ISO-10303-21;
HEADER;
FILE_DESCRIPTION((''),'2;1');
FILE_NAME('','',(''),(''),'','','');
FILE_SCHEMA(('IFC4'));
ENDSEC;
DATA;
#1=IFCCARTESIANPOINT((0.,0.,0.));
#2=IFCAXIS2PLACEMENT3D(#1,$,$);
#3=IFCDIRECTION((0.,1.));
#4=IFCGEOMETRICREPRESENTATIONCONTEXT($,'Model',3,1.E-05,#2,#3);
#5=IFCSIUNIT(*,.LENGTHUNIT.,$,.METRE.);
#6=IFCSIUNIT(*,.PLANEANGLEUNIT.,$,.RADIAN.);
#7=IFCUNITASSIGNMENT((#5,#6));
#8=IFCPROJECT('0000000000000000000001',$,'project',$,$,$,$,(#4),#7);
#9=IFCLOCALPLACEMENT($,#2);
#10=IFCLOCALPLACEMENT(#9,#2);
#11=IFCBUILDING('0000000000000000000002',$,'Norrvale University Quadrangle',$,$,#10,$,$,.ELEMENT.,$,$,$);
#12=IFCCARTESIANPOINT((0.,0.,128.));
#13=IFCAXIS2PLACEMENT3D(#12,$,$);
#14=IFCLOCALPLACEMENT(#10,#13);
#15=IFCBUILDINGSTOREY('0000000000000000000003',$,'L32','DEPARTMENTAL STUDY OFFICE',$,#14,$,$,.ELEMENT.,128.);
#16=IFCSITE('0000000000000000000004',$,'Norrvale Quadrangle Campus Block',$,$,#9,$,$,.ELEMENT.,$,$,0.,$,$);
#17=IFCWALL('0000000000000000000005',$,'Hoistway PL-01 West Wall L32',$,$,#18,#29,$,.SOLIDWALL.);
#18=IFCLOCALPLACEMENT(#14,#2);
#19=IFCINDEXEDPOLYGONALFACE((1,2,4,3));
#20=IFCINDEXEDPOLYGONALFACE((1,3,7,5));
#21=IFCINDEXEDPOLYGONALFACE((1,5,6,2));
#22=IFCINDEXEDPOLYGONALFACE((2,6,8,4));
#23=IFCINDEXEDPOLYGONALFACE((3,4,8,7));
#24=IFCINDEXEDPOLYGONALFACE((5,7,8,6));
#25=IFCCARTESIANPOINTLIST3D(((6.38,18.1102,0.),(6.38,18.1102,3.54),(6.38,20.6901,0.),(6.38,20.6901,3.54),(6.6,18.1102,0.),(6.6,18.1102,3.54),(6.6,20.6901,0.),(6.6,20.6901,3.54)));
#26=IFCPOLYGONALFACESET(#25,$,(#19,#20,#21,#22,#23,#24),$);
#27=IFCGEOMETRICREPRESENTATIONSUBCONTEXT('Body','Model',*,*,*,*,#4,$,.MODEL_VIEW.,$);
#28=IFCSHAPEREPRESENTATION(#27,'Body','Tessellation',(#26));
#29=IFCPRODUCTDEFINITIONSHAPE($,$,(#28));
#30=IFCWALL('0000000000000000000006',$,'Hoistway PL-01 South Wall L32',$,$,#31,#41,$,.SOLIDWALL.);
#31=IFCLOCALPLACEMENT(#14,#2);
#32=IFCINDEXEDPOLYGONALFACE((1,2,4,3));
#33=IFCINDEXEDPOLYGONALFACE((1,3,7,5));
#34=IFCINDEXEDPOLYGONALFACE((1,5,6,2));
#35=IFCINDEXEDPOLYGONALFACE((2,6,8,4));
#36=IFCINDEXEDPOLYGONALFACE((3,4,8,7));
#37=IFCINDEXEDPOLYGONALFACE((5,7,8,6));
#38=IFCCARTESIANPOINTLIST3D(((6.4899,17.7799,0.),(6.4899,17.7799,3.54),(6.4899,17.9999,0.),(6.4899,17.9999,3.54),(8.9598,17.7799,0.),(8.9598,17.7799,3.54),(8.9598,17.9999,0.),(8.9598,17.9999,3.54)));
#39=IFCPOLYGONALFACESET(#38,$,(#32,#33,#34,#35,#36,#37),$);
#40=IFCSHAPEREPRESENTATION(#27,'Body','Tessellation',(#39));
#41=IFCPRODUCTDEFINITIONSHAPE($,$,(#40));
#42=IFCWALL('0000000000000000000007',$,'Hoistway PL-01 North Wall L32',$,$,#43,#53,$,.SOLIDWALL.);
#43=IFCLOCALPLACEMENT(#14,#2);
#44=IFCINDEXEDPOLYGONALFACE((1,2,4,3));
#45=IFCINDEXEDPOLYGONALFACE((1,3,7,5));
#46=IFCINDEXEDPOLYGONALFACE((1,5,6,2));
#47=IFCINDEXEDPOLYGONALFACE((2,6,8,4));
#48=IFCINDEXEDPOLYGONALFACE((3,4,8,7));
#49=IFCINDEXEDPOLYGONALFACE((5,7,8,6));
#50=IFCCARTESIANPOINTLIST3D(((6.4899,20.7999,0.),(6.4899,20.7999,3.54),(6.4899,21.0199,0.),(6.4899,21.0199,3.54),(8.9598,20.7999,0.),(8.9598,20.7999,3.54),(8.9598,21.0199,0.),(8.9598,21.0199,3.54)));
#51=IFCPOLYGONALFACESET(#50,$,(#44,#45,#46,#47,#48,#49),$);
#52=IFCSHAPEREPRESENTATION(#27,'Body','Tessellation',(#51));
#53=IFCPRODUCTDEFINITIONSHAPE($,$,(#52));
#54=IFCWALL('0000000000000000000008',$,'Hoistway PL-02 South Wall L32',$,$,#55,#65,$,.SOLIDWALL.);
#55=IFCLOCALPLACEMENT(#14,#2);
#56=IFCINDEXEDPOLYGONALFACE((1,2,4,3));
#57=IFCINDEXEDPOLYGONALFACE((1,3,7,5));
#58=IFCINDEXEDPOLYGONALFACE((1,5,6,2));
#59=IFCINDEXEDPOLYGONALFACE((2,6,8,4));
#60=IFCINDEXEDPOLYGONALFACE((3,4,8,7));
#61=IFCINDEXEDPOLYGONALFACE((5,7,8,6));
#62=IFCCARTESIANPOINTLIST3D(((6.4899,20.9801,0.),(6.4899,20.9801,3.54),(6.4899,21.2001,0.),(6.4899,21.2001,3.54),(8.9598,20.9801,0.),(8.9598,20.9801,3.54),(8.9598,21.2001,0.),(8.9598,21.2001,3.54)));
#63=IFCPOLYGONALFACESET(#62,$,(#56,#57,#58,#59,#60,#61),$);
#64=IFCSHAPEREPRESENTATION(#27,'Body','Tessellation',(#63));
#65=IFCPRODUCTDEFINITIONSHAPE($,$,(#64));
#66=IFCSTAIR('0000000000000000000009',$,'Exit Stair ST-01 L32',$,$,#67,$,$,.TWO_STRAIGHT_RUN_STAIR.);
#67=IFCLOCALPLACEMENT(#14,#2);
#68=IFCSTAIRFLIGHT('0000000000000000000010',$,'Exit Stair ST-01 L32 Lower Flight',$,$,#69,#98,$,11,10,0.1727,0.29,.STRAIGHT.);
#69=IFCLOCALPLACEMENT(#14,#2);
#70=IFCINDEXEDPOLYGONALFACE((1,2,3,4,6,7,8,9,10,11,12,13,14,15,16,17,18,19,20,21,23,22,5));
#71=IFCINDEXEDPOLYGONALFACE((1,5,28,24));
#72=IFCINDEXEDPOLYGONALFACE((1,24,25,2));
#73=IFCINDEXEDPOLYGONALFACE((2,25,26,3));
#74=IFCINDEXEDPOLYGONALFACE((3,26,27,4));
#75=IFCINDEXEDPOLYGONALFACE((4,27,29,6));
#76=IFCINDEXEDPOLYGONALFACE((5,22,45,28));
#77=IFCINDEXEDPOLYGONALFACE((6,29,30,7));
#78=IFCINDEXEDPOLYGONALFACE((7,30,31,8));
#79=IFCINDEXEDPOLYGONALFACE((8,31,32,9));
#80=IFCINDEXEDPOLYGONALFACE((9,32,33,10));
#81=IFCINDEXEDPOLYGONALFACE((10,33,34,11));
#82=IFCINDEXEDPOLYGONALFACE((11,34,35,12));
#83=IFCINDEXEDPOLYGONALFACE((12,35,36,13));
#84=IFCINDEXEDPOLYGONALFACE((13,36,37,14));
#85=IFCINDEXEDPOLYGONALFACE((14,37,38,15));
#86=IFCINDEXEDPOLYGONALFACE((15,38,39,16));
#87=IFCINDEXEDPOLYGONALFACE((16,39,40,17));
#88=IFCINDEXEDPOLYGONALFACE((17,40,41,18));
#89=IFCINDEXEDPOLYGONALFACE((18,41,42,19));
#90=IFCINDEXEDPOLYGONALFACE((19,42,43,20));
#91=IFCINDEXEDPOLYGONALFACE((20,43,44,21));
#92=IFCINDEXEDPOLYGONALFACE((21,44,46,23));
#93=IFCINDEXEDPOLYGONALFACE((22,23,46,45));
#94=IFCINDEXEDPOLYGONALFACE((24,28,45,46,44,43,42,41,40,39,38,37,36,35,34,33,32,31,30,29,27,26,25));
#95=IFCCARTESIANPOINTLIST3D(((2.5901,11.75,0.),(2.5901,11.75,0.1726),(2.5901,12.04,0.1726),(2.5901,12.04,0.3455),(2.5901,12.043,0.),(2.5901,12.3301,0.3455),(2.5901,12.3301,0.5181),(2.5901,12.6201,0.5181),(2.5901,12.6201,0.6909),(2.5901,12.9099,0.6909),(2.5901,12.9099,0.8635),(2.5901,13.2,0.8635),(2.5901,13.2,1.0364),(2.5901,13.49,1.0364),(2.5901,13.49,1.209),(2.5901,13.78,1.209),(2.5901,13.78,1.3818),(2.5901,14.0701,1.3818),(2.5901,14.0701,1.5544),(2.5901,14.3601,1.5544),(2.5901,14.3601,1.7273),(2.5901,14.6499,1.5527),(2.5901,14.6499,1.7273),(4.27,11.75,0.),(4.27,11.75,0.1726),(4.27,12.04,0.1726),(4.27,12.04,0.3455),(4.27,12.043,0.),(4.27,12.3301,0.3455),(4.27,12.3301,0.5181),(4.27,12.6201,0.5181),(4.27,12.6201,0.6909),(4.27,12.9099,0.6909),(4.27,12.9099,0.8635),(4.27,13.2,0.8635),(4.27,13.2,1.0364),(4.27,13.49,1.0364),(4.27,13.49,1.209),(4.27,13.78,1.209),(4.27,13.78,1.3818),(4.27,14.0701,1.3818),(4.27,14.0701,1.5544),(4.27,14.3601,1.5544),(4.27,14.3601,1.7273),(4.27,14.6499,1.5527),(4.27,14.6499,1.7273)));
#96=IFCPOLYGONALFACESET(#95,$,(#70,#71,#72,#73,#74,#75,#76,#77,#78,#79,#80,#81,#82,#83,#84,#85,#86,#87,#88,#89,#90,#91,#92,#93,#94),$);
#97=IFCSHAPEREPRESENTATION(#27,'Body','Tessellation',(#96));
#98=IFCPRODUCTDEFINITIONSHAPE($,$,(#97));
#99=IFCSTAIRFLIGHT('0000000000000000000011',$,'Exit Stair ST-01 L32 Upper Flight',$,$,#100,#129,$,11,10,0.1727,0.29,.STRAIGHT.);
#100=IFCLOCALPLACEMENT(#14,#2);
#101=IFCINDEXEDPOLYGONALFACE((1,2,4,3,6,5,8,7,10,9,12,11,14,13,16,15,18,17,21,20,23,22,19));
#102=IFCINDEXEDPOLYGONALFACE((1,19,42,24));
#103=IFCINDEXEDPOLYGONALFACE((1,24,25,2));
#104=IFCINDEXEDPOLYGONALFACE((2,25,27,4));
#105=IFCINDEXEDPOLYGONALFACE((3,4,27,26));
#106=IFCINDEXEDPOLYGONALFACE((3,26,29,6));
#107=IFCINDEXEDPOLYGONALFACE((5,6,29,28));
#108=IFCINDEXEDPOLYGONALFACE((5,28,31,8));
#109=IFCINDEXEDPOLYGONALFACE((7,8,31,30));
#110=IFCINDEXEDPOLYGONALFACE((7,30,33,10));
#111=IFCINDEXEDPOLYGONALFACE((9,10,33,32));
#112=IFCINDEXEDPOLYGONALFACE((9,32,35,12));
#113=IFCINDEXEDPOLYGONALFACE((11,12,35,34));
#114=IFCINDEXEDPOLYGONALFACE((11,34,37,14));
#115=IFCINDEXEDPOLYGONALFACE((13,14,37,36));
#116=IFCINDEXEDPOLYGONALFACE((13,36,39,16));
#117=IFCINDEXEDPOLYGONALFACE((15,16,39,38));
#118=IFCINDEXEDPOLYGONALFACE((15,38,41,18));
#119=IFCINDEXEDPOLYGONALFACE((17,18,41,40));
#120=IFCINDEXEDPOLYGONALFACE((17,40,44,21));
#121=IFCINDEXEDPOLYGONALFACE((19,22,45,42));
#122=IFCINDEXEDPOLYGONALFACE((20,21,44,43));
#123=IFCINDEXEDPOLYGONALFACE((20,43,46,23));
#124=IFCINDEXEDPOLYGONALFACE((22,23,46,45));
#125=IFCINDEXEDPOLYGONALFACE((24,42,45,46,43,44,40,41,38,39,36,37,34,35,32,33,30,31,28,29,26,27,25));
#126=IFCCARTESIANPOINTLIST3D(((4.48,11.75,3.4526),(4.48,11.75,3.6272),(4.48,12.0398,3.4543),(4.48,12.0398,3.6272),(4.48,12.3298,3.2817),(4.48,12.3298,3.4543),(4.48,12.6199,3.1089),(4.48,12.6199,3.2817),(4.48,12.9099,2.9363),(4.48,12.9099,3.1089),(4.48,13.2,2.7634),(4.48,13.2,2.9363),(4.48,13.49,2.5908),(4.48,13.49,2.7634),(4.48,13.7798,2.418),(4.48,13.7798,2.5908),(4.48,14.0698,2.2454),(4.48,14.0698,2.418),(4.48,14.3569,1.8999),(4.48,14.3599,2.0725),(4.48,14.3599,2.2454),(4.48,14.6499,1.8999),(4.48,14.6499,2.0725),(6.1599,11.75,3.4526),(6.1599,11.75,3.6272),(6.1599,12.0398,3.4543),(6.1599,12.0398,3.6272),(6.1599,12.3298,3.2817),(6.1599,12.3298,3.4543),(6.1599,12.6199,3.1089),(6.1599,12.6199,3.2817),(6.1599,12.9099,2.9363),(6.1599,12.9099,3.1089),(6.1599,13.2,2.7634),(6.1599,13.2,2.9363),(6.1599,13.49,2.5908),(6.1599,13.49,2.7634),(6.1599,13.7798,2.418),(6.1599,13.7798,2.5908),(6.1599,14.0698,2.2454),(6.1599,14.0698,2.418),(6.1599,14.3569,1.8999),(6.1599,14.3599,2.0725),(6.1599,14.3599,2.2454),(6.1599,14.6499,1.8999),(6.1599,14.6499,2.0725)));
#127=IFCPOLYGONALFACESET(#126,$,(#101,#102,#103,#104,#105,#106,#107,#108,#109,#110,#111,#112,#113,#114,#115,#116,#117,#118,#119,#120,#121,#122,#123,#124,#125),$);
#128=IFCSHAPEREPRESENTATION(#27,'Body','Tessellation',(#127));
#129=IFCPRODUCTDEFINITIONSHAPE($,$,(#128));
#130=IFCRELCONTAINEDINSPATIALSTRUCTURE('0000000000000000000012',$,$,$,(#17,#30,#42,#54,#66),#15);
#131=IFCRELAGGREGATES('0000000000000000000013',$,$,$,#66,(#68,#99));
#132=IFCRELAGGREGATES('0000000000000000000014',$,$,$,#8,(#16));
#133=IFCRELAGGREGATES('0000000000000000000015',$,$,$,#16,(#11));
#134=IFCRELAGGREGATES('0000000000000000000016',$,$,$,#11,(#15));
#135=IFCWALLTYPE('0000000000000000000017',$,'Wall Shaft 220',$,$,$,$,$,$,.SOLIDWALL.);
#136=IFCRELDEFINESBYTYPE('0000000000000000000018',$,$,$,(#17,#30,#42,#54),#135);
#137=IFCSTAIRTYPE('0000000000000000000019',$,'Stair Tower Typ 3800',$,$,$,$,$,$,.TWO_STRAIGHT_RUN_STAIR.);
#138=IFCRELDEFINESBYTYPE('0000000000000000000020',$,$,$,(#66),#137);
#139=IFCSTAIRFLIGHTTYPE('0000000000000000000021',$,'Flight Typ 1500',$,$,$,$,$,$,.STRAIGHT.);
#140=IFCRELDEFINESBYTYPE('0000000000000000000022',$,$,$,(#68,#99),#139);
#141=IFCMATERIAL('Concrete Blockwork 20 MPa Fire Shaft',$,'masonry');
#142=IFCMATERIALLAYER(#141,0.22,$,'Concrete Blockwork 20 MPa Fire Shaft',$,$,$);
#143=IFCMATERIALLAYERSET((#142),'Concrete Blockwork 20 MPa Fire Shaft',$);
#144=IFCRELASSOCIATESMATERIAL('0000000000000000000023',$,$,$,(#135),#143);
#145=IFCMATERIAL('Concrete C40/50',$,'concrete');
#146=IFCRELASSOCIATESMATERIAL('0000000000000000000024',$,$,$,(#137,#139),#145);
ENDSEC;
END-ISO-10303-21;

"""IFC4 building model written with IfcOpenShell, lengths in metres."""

from ifc_helpers import new_model, si_unit, direction, frame, frame_2d, origin, place, context, subcontext, project, spatial, polyline, rectangle, outline, extrude, material, layer, layer_set, type_object, element, aggregate, save


model = new_model("IFC4")

# Units and contexts
model_context = context("Model", 3, precision=1e-05, world=origin(), true_north=direction((0.0, 1.0)))
body_context = subcontext(model_context, "Body", "Model", "MODEL_VIEW")
ifc_project = project(units=[si_unit("LENGTHUNIT", "METRE"), si_unit("PLANEANGLEUNIT", "RADIAN")], contexts=[model_context])

# Site, building, storey
site_placement = place(None, origin())
site = spatial("IfcSite", under=ifc_project, at=site_placement, Name="Norrvale Quadrangle Campus Block", CompositionType="ELEMENT", RefElevation=0.0)
building_placement = place(site_placement, origin())
building = spatial("IfcBuilding", under=site, at=building_placement, Name="Norrvale University Quadrangle", CompositionType="ELEMENT")
storey_placement = place(building_placement, frame((0.0, 0.0, 128.0)))
storey = spatial("IfcBuildingStorey", under=building, at=storey_placement, Name="L32", Description="DEPARTMENTAL STUDY OFFICE", CompositionType="ELEMENT", Elevation=128.0)

# Walls
ifc_material_1 = material(Name="Concrete Blockwork 20 MPa Fire Shaft", Category="masonry")
ifc_layer_1 = layer(ifc_material_1, 0.22, Name="Concrete Blockwork 20 MPa Fire Shaft")
ifc_layer_set_1 = layer_set([ifc_layer_1], Name="Concrete Blockwork 20 MPa Fire Shaft")
wall_type_1 = type_object("IfcWallType", Name="Wall Shaft 220", PredefinedType="SOLIDWALL", material=ifc_layer_set_1)
wall_1_placement = place(storey_placement, frame((6.49, 18.1101, 0.0), z_axis=(0.0, 0.0, 1.0), x_axis=(0.0, 1.0, 0.0)))
element("IfcWall", 1, at=wall_1_placement, inside=storey, type_object=wall_type_1, Name="Hoistway PL-01 West Wall L32", PredefinedType="SOLIDWALL", context=body_context, shape_type="SweptSolid", body=[
    extrude(rectangle(XDim=2.5798, YDim=0.22, at=frame_2d((1.29, 0.0))), origin(), (0.0, 0.0, 1.0), 3.54),
])
for number, where, z_axis, x_axis, name in (
    (2, (6.49, 17.8899, 0.0), (0.0, 0.0, 1.0), (1.0, 0.0, 0.0), "Hoistway PL-01 South Wall L32"),
    (3, (6.49, 20.9099, 0.0), (0.0, 0.0, 1.0), (1.0, 0.0, 0.0), "Hoistway PL-01 North Wall L32"),
    (4, (6.49, 21.0901, 0.0), (0.0, 0.0, 1.0), (1.0, 0.0, 0.0), "Hoistway PL-02 South Wall L32"),
):
    element("IfcWall", number, at=place(storey_placement, frame(where, z_axis=z_axis, x_axis=x_axis)), inside=storey, type_object=wall_type_1, Name=name, PredefinedType="SOLIDWALL", context=body_context, shape_type="SweptSolid", body=[
        extrude(rectangle(XDim=2.47, YDim=0.22, at=frame_2d((1.2349, 0.0))), origin(), (0.0, 0.0, 1.0), 3.54),
    ])

# Stair, stair flights
ifc_material_2 = material(Name="Concrete C40/50", Category="concrete")
stair_type = type_object("IfcStairType", Name="Stair Tower Typ 3800", PredefinedType="TWO_STRAIGHT_RUN_STAIR", material=ifc_material_2)
stair_placement = place(storey_placement, origin())
stair = element("IfcStair", 5, at=stair_placement, inside=storey, type_object=stair_type, Name="Exit Stair ST-01 L32", PredefinedType="TWO_STRAIGHT_RUN_STAIR")
stair_flight_type = type_object("IfcStairFlightType", Name="Flight Typ 1500", PredefinedType="STRAIGHT", material=ifc_material_2)
stair_flight_1_placement = place(storey_placement, frame((3.4299, 11.75, 0.0), z_axis=(0.0, 0.0, 1.0), x_axis=(0.0, 1.0, 0.0)))
stair_flight_1 = element("IfcStairFlight", 6, at=stair_flight_1_placement, type_object=stair_flight_type, Name="Exit Stair ST-01 L32 Lower Flight", NumberOfRisers=11, NumberOfTreads=10, PredefinedType="STRAIGHT", RiserHeight=0.1727, TreadLength=0.29, context=body_context, shape_type="SweptSolid", body=[
    extrude(outline(polyline([(0.0, 0.0), (0.0, 0.1726), (0.29, 0.1726), (0.29, 0.3455), (0.5801, 0.3455), (0.5801, 0.5181), (0.8701, 0.5181), (0.8701, 0.6909), (1.1599, 0.6909), (1.1599, 0.8635), (1.45, 0.8635), (1.45, 1.0364), (1.74, 1.0364), (1.74, 1.209), (2.03, 1.209), (2.03, 1.3818), (2.3201, 1.3818), (2.3201, 1.5544), (2.6101, 1.5544), (2.6101, 1.7273), (2.8999, 1.7273), (2.8999, 1.8999), (2.8999, 1.5527), (0.293, 0.0), (0.0, 0.0)])), frame((0.0, 0.8398, 0.0), z_axis=(0.0, -1.0, 0.0), x_axis=(1.0, 0.0, 0.0)), (0.0, 0.0, 1.0), 1.6799),
])
stair_flight_2_placement = place(storey_placement, frame((5.3201, 14.6499, 1.8999), z_axis=(0.0, 0.0, 1.0), x_axis=(0.0, -1.0, 0.0)))
stair_flight_2 = element("IfcStairFlight", 7, at=stair_flight_2_placement, type_object=stair_flight_type, Name="Exit Stair ST-01 L32 Upper Flight", NumberOfRisers=11, NumberOfTreads=10, PredefinedType="STRAIGHT", RiserHeight=0.1727, TreadLength=0.29, context=body_context, shape_type="SweptSolid", body=[
    extrude(outline(polyline([(0.0, 0.0), (0.0, 0.1726), (0.29, 0.1726), (0.29, 0.3455), (0.5801, 0.3455), (0.5801, 0.5181), (0.8701, 0.5181), (0.8701, 0.6909), (1.1599, 0.6909), (1.1599, 0.8635), (1.45, 0.8635), (1.45, 1.0364), (1.74, 1.0364), (1.74, 1.209), (2.03, 1.209), (2.03, 1.3818), (2.3201, 1.3818), (2.3201, 1.5544), (2.6101, 1.5544), (2.6101, 1.7273), (2.8999, 1.7273), (2.8999, 1.8999), (2.8999, 1.5527), (0.293, 0.0), (0.0, 0.0)])), frame((0.0, 0.8398, 0.0), z_axis=(0.0, -1.0, 0.0), x_axis=(1.0, 0.0, 0.0)), (0.0, 0.0, 1.0), 1.6799),
])
aggregate(stair, [stair_flight_1, stair_flight_2])

save(model, "model.ifc")
